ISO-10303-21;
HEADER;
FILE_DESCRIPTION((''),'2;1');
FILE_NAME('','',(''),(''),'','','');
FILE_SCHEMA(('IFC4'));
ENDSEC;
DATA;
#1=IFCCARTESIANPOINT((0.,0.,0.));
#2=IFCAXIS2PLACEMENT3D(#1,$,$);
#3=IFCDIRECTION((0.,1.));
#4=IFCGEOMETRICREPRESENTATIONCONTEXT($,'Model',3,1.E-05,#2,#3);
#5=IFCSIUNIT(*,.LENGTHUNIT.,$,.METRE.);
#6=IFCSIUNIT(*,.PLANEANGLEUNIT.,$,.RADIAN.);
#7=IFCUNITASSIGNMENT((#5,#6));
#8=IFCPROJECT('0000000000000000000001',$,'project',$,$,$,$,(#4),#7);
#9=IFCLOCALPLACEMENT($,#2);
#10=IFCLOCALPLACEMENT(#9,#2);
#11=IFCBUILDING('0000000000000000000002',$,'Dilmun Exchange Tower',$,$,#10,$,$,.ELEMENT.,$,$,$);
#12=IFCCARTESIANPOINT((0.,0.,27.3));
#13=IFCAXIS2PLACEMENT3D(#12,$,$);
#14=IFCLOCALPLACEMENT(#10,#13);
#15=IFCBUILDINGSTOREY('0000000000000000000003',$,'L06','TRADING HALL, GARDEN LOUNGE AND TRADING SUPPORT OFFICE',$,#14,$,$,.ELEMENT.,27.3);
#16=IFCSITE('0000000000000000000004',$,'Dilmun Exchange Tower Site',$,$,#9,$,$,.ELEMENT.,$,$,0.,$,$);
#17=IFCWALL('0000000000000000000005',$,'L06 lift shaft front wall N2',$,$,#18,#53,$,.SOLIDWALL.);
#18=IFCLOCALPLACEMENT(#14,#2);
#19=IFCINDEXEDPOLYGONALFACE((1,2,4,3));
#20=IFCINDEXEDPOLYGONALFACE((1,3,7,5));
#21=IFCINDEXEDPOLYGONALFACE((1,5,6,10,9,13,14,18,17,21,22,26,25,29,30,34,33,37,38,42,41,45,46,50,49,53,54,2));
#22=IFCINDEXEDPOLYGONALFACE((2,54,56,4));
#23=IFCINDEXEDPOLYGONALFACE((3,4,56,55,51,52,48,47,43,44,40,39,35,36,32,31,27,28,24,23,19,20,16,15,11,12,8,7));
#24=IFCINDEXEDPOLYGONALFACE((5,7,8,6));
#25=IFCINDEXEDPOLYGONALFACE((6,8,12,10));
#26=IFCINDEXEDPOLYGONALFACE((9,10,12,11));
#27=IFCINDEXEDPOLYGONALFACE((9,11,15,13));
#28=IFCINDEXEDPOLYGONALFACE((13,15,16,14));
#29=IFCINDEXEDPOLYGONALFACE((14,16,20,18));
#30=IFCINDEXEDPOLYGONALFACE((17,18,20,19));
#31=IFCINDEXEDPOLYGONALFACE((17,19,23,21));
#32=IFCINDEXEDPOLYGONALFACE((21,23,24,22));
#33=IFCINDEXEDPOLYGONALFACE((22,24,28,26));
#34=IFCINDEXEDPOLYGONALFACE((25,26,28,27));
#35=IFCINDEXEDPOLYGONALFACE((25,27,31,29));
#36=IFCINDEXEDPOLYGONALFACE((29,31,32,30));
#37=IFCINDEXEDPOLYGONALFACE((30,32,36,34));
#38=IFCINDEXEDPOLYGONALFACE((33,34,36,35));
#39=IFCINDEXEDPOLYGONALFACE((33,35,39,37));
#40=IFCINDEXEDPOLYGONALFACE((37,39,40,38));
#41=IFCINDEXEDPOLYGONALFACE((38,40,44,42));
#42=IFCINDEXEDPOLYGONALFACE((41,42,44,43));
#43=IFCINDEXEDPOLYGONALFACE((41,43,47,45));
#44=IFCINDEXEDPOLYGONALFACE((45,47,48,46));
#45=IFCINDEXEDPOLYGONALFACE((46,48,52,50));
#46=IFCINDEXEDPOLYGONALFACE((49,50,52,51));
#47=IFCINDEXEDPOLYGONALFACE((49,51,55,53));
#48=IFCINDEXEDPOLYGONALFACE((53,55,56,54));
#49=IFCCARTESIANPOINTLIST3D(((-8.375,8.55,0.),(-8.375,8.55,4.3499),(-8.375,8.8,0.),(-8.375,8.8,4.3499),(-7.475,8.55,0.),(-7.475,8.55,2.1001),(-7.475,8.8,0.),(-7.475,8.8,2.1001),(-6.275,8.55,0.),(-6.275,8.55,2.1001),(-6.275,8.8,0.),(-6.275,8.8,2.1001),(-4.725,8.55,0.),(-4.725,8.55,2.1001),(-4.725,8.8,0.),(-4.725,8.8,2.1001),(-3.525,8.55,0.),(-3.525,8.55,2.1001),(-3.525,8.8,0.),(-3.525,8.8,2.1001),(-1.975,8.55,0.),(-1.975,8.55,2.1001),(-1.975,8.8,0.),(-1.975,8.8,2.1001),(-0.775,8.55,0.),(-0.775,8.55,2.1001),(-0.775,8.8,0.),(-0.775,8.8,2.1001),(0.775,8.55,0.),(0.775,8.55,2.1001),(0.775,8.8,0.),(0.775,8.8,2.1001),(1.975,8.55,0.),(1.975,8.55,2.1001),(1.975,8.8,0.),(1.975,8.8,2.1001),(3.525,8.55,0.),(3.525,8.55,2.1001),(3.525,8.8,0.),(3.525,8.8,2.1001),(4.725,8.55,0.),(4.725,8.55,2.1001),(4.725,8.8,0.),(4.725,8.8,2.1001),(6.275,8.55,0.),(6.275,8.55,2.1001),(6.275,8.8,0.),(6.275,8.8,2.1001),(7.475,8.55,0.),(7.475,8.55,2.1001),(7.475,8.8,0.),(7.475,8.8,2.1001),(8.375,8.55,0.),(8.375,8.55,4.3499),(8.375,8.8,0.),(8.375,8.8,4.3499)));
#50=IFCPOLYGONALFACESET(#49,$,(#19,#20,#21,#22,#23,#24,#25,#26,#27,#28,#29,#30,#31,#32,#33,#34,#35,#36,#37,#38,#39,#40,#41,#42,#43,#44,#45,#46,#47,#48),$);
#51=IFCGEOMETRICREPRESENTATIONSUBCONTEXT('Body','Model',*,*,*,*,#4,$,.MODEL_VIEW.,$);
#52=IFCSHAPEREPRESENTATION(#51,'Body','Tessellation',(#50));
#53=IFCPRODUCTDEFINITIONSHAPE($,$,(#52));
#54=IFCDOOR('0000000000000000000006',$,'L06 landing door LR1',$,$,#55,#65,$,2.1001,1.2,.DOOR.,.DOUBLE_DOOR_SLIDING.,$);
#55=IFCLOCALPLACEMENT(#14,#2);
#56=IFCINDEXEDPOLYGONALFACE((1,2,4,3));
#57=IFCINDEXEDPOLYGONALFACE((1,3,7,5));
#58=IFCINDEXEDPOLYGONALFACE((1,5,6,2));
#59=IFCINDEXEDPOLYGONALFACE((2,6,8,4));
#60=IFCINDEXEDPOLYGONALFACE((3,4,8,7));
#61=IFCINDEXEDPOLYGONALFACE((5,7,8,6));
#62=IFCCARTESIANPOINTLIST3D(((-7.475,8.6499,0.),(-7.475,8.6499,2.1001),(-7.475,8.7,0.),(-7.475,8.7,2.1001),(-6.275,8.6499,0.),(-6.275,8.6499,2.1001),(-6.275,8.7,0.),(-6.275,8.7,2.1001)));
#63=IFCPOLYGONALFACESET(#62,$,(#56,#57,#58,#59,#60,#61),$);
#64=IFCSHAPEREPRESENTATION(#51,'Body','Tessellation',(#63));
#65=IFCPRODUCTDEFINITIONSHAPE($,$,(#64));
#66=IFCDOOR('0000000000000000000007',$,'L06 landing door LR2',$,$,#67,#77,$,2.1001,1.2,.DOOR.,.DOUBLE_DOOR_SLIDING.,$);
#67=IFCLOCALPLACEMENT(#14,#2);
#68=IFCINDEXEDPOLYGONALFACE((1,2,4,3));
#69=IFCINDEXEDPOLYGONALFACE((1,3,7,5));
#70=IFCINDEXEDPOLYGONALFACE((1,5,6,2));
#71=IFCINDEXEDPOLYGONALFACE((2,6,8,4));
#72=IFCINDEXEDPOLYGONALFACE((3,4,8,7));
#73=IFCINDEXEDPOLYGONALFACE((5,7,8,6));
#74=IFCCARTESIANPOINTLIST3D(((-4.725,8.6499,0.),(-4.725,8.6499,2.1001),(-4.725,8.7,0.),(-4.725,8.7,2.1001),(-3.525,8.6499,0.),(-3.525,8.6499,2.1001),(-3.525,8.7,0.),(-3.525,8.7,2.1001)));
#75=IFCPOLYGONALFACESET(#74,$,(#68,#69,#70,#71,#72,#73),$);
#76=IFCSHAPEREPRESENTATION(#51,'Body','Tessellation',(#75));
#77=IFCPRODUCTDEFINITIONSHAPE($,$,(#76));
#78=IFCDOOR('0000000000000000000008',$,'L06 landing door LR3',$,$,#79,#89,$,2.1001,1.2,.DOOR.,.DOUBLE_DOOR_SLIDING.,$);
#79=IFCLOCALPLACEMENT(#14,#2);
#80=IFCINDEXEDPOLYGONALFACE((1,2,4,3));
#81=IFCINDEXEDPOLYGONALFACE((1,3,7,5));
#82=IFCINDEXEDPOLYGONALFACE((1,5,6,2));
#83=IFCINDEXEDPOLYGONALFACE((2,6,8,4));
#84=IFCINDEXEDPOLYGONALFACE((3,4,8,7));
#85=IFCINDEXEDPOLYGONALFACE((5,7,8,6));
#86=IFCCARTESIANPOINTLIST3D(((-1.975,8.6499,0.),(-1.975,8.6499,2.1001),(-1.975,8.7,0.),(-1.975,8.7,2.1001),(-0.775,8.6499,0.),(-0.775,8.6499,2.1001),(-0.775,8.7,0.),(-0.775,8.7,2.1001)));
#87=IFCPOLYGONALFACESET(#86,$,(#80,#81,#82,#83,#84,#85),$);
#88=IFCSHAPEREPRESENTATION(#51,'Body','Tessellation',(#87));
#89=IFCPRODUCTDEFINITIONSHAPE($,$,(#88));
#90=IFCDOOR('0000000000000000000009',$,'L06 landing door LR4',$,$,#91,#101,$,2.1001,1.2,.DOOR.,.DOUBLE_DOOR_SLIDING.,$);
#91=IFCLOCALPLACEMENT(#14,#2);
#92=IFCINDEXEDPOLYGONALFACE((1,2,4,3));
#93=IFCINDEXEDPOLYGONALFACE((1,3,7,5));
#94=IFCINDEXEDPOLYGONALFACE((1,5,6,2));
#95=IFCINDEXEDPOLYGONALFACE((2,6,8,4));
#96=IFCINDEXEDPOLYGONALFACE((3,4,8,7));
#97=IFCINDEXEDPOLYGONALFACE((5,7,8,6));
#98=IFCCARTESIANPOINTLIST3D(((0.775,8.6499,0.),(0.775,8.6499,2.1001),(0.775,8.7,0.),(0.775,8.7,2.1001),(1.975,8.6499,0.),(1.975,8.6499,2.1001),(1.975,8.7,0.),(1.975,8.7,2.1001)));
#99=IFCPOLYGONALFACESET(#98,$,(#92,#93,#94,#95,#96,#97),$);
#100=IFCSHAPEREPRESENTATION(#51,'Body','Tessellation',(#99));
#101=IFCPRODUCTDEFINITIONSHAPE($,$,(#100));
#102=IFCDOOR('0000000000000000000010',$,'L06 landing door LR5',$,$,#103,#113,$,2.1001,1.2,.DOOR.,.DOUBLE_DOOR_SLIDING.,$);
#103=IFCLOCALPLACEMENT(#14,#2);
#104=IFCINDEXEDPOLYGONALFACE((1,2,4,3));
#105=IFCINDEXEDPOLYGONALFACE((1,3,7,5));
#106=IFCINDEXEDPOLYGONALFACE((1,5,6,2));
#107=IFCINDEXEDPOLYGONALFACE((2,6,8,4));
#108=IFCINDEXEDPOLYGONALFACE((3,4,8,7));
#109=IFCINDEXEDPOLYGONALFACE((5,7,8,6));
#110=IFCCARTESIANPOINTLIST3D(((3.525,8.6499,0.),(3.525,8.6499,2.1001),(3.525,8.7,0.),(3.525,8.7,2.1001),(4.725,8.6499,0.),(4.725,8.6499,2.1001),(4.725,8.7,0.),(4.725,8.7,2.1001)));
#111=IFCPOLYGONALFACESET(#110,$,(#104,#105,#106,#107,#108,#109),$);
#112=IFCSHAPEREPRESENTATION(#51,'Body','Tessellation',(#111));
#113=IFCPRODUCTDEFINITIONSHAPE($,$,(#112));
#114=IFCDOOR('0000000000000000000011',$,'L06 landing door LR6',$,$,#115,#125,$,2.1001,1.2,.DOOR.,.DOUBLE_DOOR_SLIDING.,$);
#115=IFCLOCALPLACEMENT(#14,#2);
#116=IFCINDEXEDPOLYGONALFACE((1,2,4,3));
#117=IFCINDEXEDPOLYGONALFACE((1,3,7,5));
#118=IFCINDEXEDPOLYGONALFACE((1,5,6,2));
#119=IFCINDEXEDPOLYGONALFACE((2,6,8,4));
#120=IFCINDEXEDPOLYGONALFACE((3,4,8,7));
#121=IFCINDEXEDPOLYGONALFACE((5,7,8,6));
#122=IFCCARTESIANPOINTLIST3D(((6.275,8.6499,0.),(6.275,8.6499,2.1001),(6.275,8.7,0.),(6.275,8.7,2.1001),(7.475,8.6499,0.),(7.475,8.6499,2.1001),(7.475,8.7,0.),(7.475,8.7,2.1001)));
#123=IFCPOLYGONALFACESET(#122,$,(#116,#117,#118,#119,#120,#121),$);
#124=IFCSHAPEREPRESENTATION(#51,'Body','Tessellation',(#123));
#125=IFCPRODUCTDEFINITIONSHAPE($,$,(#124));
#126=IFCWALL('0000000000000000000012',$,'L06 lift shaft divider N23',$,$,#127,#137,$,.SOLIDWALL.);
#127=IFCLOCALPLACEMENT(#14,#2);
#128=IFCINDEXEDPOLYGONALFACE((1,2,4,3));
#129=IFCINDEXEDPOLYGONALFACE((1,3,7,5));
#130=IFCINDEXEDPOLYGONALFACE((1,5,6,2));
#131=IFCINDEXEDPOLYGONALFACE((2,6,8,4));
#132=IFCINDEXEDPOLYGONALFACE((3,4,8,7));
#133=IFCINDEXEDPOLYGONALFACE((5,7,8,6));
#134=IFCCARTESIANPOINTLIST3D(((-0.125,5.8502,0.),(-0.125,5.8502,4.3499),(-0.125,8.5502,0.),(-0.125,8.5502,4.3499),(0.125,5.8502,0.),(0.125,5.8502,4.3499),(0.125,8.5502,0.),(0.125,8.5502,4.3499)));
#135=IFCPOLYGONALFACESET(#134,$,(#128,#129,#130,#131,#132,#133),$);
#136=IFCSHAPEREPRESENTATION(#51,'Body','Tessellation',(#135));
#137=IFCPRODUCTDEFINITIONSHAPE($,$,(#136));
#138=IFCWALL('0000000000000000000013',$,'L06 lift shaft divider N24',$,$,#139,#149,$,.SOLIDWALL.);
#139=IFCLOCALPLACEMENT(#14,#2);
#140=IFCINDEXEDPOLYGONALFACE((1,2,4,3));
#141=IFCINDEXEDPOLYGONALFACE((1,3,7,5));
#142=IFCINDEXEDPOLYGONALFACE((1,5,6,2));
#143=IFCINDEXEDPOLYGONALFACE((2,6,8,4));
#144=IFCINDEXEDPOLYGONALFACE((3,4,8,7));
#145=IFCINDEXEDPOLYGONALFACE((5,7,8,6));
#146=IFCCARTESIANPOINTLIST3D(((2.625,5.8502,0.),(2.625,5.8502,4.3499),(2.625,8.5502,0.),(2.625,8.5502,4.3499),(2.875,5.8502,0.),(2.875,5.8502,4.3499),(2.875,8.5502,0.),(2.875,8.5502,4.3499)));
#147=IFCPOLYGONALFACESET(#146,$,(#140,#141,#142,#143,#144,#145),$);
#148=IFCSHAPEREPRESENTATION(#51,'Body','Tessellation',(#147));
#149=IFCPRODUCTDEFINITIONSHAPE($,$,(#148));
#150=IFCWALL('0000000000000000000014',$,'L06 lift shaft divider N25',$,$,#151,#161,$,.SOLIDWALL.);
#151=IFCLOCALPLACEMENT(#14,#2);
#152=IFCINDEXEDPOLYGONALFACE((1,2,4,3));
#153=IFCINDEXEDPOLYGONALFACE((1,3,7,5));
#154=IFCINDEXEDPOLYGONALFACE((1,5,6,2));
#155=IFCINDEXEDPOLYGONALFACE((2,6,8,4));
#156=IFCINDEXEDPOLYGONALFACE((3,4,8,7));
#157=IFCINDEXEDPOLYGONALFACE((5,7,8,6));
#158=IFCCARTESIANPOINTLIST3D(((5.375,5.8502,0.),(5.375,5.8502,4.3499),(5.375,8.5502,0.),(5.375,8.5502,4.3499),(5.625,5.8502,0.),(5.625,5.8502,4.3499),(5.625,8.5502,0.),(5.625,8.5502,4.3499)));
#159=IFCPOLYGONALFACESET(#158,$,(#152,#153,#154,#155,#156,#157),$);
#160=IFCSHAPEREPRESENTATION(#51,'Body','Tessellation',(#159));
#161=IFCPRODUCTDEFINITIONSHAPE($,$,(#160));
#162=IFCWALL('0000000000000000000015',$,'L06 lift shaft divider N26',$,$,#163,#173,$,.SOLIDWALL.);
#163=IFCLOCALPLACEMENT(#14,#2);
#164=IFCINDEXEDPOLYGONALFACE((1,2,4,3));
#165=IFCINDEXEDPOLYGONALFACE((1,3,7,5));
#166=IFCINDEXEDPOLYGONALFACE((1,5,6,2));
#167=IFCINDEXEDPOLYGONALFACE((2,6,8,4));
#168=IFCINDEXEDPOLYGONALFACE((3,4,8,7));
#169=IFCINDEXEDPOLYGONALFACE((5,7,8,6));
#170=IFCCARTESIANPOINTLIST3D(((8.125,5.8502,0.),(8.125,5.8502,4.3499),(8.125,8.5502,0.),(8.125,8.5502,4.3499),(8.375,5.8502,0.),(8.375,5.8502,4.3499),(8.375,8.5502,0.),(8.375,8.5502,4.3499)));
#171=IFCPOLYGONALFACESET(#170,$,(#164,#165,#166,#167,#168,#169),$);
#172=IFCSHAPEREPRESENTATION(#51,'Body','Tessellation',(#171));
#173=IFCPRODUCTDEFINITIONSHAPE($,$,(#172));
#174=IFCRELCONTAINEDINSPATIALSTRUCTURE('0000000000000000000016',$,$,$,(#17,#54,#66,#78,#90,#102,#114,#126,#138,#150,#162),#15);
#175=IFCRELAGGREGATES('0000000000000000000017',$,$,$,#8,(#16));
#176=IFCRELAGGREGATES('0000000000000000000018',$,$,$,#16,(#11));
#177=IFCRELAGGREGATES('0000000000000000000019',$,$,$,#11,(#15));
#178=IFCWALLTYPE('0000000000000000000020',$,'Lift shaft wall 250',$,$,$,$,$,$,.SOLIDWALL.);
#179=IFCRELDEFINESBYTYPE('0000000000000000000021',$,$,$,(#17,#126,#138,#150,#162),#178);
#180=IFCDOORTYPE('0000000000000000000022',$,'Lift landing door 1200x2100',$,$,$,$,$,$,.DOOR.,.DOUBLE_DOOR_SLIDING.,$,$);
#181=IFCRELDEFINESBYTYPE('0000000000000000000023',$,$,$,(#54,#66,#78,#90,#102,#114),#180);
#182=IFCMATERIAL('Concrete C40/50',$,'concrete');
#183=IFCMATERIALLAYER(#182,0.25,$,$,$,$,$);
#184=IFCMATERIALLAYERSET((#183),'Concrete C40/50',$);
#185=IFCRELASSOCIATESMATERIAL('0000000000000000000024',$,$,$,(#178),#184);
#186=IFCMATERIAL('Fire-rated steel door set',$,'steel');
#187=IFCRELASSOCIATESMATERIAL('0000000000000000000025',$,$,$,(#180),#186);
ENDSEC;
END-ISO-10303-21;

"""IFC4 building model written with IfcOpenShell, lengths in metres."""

from ifc_helpers import new_model, si_unit, direction, frame, frame_2d, origin, place, context, subcontext, project, spatial, rectangle, extrude, material, layer, layer_set, type_object, element, fill, save


model = new_model("IFC4")

# Units and contexts
model_context = context("Model", 3, precision=1e-05, world=origin(), true_north=direction((0.0, 1.0)))
body_context = subcontext(model_context, "Body", "Model", "MODEL_VIEW")
ifc_project = project(units=[si_unit("LENGTHUNIT", "METRE"), si_unit("PLANEANGLEUNIT", "RADIAN")], contexts=[model_context])

# Site, building, storey
site_placement = place(None, origin())
site = spatial("IfcSite", under=ifc_project, at=site_placement, Name="Dilmun Exchange Tower Site", CompositionType="ELEMENT", RefElevation=0.0)
building_placement = place(site_placement, origin())
building = spatial("IfcBuilding", under=site, at=building_placement, Name="Dilmun Exchange Tower", CompositionType="ELEMENT")
storey_placement = place(building_placement, frame((0.0, 0.0, 27.3)))
storey = spatial("IfcBuildingStorey", under=building, at=storey_placement, Name="L06", Description="TRADING HALL, GARDEN LOUNGE AND TRADING SUPPORT OFFICE", CompositionType="ELEMENT", Elevation=27.3)

# Shared definitions
ifc_material_1 = material(Name="Concrete C40/50", Category="concrete")

# Shared definitions
ifc_material_2 = material(Name="Fire-rated steel door set", Category="steel")

# Wall, openings, doors
ifc_layer_1 = layer(ifc_material_1, 0.25)
ifc_layer_set_1 = layer_set([ifc_layer_1], Name="Concrete C40/50")
wall_type_1 = type_object("IfcWallType", Name="Lift shaft wall 250", PredefinedType="SOLIDWALL", material=ifc_layer_set_1)
wall_1_placement = place(storey_placement, frame((-8.375, 8.675, 0.0), z_axis=(0.0, 0.0, 1.0), x_axis=(1.0, 0.0, 0.0)))
wall_1 = element("IfcWall", 1, at=wall_1_placement, inside=storey, type_object=wall_type_1, Name="L06 lift shaft front wall N2", PredefinedType="SOLIDWALL", context=body_context, shape_type="SweptSolid", body=[
    extrude(rectangle(XDim=16.75, YDim=0.25, at=frame_2d((8.375, 0.0))), origin(), (0.0, 0.0, 1.0), 4.3499),
])
opening_1_placement = place(wall_1_placement, frame((0.8999, 0.0, 0.0)))
opening_1 = element("IfcOpeningElement", 2, at=opening_1_placement, cuts=wall_1, PredefinedType="OPENING", context=body_context, shape_type="SweptSolid", body=[
    extrude(rectangle(XDim=1.2, YDim=2.1001, at=frame_2d((0.6001, 1.05))), frame((0.0, 0.135, 0.0), z_axis=(0.0, -1.0, 0.0), x_axis=(1.0, 0.0, 0.0)), (0.0, 0.0, 1.0), 0.27),
])
opening_2_placement = place(wall_1_placement, frame((3.6499, 0.0, 0.0)))
opening_2 = element("IfcOpeningElement", 3, at=opening_2_placement, cuts=wall_1, PredefinedType="OPENING", context=body_context, shape_type="SweptSolid", body=[
    extrude(rectangle(XDim=1.2, YDim=2.1001, at=frame_2d((0.6001, 1.05))), frame((0.0, 0.135, 0.0), z_axis=(0.0, -1.0, 0.0), x_axis=(1.0, 0.0, 0.0)), (0.0, 0.0, 1.0), 0.27),
])
opening_3_placement = place(wall_1_placement, frame((6.3999, 0.0, 0.0)))
opening_3 = element("IfcOpeningElement", 4, at=opening_3_placement, cuts=wall_1, PredefinedType="OPENING", context=body_context, shape_type="SweptSolid", body=[
    extrude(rectangle(XDim=1.2, YDim=2.1001, at=frame_2d((0.6001, 1.05))), frame((0.0, 0.135, 0.0), z_axis=(0.0, -1.0, 0.0), x_axis=(1.0, 0.0, 0.0)), (0.0, 0.0, 1.0), 0.27),
])
opening_4_placement = place(wall_1_placement, frame((9.1499, 0.0, 0.0)))
opening_4 = element("IfcOpeningElement", 5, at=opening_4_placement, cuts=wall_1, PredefinedType="OPENING", context=body_context, shape_type="SweptSolid", body=[
    extrude(rectangle(XDim=1.2, YDim=2.1001, at=frame_2d((0.6001, 1.05))), frame((0.0, 0.135, 0.0), z_axis=(0.0, -1.0, 0.0), x_axis=(1.0, 0.0, 0.0)), (0.0, 0.0, 1.0), 0.27),
])
opening_5_placement = place(wall_1_placement, frame((11.8999, 0.0, 0.0)))
opening_5 = element("IfcOpeningElement", 6, at=opening_5_placement, cuts=wall_1, PredefinedType="OPENING", context=body_context, shape_type="SweptSolid", body=[
    extrude(rectangle(XDim=1.2, YDim=2.1001, at=frame_2d((0.6001, 1.05))), frame((0.0, 0.135, 0.0), z_axis=(0.0, -1.0, 0.0), x_axis=(1.0, 0.0, 0.0)), (0.0, 0.0, 1.0), 0.27),
])
opening_6_placement = place(wall_1_placement, frame((14.6499, 0.0, 0.0)))
opening_6 = element("IfcOpeningElement", 7, at=opening_6_placement, cuts=wall_1, PredefinedType="OPENING", context=body_context, shape_type="SweptSolid", body=[
    extrude(rectangle(XDim=1.2, YDim=2.1001, at=frame_2d((0.6001, 1.05))), frame((0.0, 0.135, 0.0), z_axis=(0.0, -1.0, 0.0), x_axis=(1.0, 0.0, 0.0)), (0.0, 0.0, 1.0), 0.27),
])
door_type_1 = type_object("IfcDoorType", Name="Lift landing door 1200x2100", OperationType="DOUBLE_DOOR_SLIDING", PredefinedType="DOOR", material=ifc_material_2)
door_1_placement = place(opening_1_placement, origin())
door_1 = element("IfcDoor", 8, at=door_1_placement, inside=storey, type_object=door_type_1, Name="L06 landing door LR1", OperationType="DOUBLE_DOOR_SLIDING", OverallHeight=2.1001, OverallWidth=1.2, PredefinedType="DOOR", context=body_context, shape_type="SweptSolid", body=[
    extrude(rectangle(XDim=1.2, YDim=2.1001, at=frame_2d((0.6001, 1.05))), frame((0.0, 0.0249, 0.0), z_axis=(0.0, -1.0, 0.0), x_axis=(1.0, 0.0, 0.0)), (0.0, 0.0, 1.0), 0.05),
])
fill(opening_1, door_1)
door_2_placement = place(opening_2_placement, origin())
door_2 = element("IfcDoor", 9, at=door_2_placement, inside=storey, type_object=door_type_1, Name="L06 landing door LR2", OperationType="DOUBLE_DOOR_SLIDING", OverallHeight=2.1001, OverallWidth=1.2, PredefinedType="DOOR", context=body_context, shape_type="SweptSolid", body=[
    extrude(rectangle(XDim=1.2, YDim=2.1001, at=frame_2d((0.6001, 1.05))), frame((0.0, 0.0249, 0.0), z_axis=(0.0, -1.0, 0.0), x_axis=(1.0, 0.0, 0.0)), (0.0, 0.0, 1.0), 0.05),
])
fill(opening_2, door_2)
door_3_placement = place(opening_3_placement, origin())
door_3 = element("IfcDoor", 10, at=door_3_placement, inside=storey, type_object=door_type_1, Name="L06 landing door LR3", OperationType="DOUBLE_DOOR_SLIDING", OverallHeight=2.1001, OverallWidth=1.2, PredefinedType="DOOR", context=body_context, shape_type="SweptSolid", body=[
    extrude(rectangle(XDim=1.2, YDim=2.1001, at=frame_2d((0.6001, 1.05))), frame((0.0, 0.0249, 0.0), z_axis=(0.0, -1.0, 0.0), x_axis=(1.0, 0.0, 0.0)), (0.0, 0.0, 1.0), 0.05),
])
fill(opening_3, door_3)
door_4_placement = place(opening_4_placement, origin())
door_4 = element("IfcDoor", 11, at=door_4_placement, inside=storey, type_object=door_type_1, Name="L06 landing door LR4", OperationType="DOUBLE_DOOR_SLIDING", OverallHeight=2.1001, OverallWidth=1.2, PredefinedType="DOOR", context=body_context, shape_type="SweptSolid", body=[
    extrude(rectangle(XDim=1.2, YDim=2.1001, at=frame_2d((0.6001, 1.05))), frame((0.0, 0.0249, 0.0), z_axis=(0.0, -1.0, 0.0), x_axis=(1.0, 0.0, 0.0)), (0.0, 0.0, 1.0), 0.05),
])
fill(opening_4, door_4)
door_5_placement = place(opening_5_placement, origin())
door_5 = element("IfcDoor", 12, at=door_5_placement, inside=storey, type_object=door_type_1, Name="L06 landing door LR5", OperationType="DOUBLE_DOOR_SLIDING", OverallHeight=2.1001, OverallWidth=1.2, PredefinedType="DOOR", context=body_context, shape_type="SweptSolid", body=[
    extrude(rectangle(XDim=1.2, YDim=2.1001, at=frame_2d((0.6001, 1.05))), frame((0.0, 0.0249, 0.0), z_axis=(0.0, -1.0, 0.0), x_axis=(1.0, 0.0, 0.0)), (0.0, 0.0, 1.0), 0.05),
])
fill(opening_5, door_5)
door_6_placement = place(opening_6_placement, origin())
door_6 = element("IfcDoor", 13, at=door_6_placement, inside=storey, type_object=door_type_1, Name="L06 landing door LR6", OperationType="DOUBLE_DOOR_SLIDING", OverallHeight=2.1001, OverallWidth=1.2, PredefinedType="DOOR", context=body_context, shape_type="SweptSolid", body=[
    extrude(rectangle(XDim=1.2, YDim=2.1001, at=frame_2d((0.6001, 1.05))), frame((0.0, 0.0249, 0.0), z_axis=(0.0, -1.0, 0.0), x_axis=(1.0, 0.0, 0.0)), (0.0, 0.0, 1.0), 0.05),
])
fill(opening_6, door_6)

# Walls
for number, where, z_axis, x_axis, name in (
    (14, (0.0, 5.8501, 0.0), (0.0, 0.0, 1.0), (0.0, 1.0, 0.0), "L06 lift shaft divider N23"),
    (15, (2.75, 5.8501, 0.0), (0.0, 0.0, 1.0), (0.0, 1.0, 0.0), "L06 lift shaft divider N24"),
    (16, (5.5, 5.8501, 0.0), (0.0, 0.0, 1.0), (0.0, 1.0, 0.0), "L06 lift shaft divider N25"),
    (17, (8.25, 5.8501, 0.0), (0.0, 0.0, 1.0), (0.0, 1.0, 0.0), "L06 lift shaft divider N26"),
):
    element("IfcWall", number, at=place(storey_placement, frame(where, z_axis=z_axis, x_axis=x_axis)), inside=storey, type_object=wall_type_1, Name=name, PredefinedType="SOLIDWALL", context=body_context, shape_type="SweptSolid", body=[
        extrude(rectangle(XDim=2.7, YDim=0.25, at=frame_2d((1.3501, 0.0))), origin(), (0.0, 0.0, 1.0), 4.3499),
    ])

save(model, "model.ifc")
